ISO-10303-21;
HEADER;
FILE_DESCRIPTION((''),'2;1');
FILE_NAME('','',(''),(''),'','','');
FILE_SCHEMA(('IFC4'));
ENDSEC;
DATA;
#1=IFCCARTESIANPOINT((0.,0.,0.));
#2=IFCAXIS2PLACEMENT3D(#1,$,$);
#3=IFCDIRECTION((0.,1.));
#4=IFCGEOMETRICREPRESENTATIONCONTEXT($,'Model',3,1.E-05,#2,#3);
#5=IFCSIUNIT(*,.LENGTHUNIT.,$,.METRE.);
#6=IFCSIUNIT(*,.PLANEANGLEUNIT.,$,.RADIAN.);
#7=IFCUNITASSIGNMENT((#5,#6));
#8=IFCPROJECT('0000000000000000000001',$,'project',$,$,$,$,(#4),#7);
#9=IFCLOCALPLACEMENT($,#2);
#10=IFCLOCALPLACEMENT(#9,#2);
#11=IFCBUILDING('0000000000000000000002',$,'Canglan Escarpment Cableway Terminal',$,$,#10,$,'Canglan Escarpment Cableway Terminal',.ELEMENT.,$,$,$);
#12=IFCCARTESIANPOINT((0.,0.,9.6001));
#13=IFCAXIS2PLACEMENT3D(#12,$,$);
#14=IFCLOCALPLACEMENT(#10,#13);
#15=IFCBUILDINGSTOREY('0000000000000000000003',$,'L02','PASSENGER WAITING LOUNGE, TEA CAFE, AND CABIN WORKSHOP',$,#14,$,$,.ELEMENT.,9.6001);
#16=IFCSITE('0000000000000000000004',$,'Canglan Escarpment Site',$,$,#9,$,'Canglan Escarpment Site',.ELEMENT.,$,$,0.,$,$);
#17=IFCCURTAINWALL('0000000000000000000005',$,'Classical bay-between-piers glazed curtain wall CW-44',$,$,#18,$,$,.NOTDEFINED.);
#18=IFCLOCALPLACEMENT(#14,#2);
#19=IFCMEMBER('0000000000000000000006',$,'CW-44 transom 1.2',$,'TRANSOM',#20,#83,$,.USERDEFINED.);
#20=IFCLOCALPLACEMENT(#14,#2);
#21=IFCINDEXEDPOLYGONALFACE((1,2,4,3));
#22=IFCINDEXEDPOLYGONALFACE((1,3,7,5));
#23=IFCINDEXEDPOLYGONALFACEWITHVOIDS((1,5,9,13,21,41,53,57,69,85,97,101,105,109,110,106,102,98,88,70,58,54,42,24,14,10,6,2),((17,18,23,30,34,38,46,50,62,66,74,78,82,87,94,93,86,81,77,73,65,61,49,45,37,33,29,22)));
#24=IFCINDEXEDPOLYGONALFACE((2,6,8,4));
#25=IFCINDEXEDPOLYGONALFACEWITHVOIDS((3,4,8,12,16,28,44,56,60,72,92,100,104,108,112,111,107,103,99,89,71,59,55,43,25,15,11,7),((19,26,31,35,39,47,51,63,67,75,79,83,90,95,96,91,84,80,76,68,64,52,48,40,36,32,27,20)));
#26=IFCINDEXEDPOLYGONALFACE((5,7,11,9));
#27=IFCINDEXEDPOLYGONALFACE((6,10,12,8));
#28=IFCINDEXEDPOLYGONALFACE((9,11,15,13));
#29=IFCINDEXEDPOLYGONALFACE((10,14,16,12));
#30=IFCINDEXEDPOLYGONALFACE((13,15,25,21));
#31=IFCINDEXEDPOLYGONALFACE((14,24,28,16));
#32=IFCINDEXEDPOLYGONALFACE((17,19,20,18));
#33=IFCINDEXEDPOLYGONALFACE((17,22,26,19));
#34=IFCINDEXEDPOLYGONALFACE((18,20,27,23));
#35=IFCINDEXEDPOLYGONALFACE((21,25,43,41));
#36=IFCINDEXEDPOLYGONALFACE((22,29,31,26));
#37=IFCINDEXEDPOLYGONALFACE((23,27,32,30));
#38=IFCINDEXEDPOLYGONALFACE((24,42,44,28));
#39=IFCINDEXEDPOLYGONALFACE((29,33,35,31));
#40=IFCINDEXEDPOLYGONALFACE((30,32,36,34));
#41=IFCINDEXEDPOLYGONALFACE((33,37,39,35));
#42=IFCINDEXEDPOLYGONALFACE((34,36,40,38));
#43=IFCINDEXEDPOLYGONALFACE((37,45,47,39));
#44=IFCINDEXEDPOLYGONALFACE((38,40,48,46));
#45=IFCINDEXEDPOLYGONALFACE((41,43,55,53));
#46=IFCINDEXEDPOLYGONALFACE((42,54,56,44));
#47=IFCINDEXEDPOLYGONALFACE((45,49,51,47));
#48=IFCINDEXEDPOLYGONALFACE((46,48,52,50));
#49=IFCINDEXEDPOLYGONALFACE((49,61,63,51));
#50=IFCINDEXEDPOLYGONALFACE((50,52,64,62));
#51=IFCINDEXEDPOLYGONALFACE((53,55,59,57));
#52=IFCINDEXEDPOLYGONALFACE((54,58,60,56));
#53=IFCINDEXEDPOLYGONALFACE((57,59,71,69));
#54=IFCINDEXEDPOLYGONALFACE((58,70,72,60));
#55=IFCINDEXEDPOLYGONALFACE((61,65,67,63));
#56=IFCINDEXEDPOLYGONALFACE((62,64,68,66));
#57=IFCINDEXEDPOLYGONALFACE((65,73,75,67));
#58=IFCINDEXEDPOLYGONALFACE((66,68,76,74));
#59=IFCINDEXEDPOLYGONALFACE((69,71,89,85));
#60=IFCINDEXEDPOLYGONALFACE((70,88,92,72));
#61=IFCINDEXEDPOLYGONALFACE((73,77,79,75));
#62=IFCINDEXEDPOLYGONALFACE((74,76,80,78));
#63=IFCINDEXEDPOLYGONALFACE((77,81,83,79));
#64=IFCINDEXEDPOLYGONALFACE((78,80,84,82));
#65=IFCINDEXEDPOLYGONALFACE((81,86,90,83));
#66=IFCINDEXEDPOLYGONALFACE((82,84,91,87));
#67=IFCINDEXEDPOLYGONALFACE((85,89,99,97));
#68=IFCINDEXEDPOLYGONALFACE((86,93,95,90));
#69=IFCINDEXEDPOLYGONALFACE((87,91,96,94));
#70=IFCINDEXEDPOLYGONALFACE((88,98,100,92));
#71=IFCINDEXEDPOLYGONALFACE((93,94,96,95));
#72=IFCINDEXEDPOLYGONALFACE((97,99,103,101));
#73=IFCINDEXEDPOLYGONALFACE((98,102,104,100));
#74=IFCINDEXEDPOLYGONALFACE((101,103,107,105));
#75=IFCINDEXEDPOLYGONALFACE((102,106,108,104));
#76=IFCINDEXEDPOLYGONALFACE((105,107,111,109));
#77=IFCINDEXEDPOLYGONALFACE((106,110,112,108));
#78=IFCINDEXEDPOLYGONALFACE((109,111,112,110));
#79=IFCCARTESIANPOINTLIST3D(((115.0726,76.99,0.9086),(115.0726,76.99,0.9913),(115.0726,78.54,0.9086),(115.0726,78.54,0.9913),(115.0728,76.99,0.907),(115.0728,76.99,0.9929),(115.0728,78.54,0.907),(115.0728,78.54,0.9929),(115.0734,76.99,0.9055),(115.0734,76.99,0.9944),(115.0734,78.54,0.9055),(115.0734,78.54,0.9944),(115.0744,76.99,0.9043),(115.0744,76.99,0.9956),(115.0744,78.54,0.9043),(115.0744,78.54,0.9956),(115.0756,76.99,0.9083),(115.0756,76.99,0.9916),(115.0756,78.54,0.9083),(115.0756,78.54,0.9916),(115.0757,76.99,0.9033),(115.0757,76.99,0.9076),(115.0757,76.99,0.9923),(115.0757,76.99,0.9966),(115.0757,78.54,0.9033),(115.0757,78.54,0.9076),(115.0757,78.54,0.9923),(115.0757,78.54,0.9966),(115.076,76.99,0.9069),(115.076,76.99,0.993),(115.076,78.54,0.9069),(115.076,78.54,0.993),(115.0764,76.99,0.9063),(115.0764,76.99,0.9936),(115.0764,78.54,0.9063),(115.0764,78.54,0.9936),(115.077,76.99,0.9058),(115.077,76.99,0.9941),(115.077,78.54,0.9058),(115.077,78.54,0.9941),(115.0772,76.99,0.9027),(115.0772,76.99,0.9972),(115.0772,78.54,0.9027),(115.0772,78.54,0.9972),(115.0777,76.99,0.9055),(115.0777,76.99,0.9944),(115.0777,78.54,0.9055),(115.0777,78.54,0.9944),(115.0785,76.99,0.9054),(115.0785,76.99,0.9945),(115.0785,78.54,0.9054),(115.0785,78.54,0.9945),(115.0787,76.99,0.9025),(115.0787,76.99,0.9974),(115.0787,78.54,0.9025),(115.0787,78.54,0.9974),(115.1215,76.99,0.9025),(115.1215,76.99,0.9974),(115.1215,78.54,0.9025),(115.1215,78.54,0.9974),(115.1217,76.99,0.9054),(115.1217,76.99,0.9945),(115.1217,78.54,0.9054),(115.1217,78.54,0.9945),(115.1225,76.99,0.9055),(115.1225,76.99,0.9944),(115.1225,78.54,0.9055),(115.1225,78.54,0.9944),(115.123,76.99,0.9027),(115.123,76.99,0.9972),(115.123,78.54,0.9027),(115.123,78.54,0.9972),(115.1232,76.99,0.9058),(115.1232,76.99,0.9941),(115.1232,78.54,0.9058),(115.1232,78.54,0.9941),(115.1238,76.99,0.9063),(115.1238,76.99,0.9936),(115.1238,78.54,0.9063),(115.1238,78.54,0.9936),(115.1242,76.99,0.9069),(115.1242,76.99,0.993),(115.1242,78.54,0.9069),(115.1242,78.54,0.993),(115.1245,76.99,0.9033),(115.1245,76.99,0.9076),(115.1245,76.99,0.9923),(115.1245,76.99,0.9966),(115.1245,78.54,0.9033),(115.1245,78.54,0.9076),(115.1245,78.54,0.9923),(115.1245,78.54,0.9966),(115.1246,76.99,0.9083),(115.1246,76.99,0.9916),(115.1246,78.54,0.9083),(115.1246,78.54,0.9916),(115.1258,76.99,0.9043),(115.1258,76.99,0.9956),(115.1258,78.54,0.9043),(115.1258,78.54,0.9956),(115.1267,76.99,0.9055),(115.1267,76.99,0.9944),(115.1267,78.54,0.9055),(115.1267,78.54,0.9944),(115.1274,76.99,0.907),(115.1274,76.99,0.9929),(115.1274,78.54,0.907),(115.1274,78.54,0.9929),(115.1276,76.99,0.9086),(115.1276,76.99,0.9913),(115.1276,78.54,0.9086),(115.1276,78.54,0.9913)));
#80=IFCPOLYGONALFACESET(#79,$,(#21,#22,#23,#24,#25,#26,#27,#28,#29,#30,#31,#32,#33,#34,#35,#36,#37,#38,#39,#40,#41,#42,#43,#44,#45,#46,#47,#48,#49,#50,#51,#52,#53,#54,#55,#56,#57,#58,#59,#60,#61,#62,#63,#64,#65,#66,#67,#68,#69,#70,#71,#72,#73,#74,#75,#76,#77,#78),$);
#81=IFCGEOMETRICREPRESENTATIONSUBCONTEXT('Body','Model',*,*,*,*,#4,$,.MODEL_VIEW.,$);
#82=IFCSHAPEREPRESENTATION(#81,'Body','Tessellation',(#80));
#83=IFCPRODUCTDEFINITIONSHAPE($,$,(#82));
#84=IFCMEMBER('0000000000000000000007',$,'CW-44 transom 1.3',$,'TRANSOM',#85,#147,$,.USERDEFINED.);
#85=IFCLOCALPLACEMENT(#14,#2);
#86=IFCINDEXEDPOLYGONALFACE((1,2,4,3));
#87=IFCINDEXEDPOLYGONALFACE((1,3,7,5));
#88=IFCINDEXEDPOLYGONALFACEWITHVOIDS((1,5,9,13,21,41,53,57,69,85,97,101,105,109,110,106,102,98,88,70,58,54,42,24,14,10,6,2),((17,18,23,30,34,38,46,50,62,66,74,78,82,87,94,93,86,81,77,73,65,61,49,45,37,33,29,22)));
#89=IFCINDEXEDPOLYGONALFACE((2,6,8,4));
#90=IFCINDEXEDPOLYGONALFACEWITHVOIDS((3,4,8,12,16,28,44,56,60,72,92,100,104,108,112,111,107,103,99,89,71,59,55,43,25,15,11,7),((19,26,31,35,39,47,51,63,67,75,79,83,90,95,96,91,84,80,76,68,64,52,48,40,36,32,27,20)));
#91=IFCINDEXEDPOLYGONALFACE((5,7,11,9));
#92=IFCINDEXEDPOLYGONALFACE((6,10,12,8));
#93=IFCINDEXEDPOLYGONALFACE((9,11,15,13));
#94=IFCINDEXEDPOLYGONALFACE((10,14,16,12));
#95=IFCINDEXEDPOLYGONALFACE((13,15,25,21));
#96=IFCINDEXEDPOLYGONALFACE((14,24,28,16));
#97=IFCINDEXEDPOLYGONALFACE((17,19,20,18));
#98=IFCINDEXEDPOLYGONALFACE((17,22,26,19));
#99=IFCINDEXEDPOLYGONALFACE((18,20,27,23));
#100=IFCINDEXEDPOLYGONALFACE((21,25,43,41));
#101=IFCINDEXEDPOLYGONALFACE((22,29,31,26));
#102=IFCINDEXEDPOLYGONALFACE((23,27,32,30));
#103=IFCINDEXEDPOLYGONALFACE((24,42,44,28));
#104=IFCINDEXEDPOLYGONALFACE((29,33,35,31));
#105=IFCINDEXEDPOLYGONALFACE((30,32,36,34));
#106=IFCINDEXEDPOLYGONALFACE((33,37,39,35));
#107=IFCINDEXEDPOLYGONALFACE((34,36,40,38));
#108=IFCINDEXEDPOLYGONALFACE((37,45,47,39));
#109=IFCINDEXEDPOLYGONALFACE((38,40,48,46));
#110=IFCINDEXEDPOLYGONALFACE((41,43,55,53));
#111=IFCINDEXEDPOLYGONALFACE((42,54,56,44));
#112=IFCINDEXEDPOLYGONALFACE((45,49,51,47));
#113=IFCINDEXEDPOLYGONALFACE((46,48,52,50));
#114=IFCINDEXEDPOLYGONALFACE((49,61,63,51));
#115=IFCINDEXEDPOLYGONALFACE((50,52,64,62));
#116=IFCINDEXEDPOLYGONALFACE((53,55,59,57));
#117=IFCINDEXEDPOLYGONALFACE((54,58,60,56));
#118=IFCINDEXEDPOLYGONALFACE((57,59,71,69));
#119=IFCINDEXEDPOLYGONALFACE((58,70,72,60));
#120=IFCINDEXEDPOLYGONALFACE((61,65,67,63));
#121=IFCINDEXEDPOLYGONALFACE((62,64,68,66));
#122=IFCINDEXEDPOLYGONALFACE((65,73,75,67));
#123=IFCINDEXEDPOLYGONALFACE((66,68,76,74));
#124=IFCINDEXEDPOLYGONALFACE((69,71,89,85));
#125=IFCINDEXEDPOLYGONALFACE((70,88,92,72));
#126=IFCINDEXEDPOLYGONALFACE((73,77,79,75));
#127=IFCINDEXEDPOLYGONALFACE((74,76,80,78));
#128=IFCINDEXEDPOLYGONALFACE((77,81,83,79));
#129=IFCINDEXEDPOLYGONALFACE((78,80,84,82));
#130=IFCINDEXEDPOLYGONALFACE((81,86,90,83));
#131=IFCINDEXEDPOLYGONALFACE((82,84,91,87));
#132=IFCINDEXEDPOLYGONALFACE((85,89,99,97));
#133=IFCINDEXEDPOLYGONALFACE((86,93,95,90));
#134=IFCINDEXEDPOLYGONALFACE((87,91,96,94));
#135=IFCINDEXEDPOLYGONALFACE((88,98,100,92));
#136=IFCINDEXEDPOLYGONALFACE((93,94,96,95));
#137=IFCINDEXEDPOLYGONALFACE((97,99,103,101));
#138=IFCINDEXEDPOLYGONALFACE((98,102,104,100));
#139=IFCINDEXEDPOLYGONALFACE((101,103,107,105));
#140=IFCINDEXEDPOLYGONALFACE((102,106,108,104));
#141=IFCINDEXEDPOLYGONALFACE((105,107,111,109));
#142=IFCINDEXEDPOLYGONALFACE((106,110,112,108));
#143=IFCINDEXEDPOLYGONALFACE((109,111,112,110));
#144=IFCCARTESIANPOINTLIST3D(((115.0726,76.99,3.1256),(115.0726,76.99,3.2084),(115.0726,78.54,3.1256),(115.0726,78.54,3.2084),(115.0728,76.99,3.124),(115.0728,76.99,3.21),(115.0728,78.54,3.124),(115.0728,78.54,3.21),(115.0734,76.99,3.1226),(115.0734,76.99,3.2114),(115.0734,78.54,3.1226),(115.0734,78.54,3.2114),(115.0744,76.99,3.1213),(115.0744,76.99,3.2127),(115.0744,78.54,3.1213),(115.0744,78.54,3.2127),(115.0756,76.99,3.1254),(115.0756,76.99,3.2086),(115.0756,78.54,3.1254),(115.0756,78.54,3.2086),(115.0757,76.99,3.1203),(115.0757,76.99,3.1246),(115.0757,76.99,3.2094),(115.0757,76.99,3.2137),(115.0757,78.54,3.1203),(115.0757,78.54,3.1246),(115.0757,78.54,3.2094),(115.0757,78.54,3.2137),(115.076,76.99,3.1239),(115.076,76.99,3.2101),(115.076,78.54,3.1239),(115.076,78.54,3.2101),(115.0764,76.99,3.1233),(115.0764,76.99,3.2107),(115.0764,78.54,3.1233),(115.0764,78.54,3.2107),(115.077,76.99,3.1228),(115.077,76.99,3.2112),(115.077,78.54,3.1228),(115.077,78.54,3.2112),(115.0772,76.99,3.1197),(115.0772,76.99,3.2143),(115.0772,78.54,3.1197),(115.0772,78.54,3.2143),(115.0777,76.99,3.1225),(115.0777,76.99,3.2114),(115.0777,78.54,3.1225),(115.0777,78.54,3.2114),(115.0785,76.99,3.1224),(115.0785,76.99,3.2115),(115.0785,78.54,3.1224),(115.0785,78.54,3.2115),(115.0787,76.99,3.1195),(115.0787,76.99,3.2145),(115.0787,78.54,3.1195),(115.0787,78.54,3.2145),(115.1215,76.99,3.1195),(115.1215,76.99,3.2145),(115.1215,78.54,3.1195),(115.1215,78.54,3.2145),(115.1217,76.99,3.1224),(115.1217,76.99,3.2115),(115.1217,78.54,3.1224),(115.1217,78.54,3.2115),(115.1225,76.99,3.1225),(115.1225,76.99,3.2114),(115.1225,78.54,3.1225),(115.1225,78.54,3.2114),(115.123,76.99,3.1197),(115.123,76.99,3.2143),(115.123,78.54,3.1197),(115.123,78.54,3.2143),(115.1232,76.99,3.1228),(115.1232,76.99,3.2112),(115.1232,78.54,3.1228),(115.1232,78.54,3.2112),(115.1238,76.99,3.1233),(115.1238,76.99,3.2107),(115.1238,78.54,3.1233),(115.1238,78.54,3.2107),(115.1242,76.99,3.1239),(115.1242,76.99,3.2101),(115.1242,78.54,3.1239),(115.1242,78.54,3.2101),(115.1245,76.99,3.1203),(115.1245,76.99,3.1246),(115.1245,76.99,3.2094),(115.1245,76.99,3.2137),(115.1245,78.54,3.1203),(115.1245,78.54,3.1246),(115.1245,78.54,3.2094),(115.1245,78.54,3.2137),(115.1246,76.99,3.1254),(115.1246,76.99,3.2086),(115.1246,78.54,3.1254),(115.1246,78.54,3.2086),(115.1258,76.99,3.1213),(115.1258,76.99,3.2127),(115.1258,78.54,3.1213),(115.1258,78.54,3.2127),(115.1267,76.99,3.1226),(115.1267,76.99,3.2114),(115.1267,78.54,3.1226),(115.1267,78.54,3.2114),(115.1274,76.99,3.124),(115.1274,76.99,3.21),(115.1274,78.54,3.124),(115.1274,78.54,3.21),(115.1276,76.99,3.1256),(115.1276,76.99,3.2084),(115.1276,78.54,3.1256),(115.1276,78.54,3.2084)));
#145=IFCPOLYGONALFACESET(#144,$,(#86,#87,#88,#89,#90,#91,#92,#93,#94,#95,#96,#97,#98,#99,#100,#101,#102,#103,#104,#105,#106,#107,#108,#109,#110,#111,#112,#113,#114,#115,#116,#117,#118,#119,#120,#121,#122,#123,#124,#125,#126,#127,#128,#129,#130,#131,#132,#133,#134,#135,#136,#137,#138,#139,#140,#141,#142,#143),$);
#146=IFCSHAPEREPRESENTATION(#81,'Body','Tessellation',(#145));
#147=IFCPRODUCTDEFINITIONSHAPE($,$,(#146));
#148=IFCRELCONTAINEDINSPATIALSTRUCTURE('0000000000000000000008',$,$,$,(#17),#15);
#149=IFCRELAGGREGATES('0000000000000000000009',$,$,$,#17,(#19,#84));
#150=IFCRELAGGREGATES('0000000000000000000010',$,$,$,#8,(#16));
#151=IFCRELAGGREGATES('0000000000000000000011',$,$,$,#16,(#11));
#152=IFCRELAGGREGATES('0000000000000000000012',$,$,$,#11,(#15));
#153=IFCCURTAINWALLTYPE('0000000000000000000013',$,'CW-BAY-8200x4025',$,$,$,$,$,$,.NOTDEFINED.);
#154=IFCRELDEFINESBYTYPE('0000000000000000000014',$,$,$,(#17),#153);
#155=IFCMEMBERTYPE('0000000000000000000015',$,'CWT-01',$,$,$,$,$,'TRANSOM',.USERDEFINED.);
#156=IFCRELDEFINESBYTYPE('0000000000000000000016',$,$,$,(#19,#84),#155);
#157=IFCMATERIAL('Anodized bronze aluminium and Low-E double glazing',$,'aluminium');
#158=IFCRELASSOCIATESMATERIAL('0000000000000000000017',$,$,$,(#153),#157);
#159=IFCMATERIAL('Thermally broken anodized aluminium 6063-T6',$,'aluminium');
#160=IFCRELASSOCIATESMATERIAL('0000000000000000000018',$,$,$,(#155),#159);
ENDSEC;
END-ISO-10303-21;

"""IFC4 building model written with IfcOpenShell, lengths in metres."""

from ifc_helpers import new_model, si_unit, direction, frame, origin, origin_2d, place, context, subcontext, project, spatial, hollow_rectangle, extrude, material, material_profile, profile_set, type_object, element, aggregate, save


model = new_model("IFC4")

# Units and contexts
model_context = context("Model", 3, precision=1e-05, world=origin(), true_north=direction((0.0, 1.0)))
body_context = subcontext(model_context, "Body", "Model", "MODEL_VIEW")
ifc_project = project(units=[si_unit("LENGTHUNIT", "METRE"), si_unit("PLANEANGLEUNIT", "RADIAN")], contexts=[model_context])

# Site, building, storey
site_placement = place(None, origin())
site = spatial("IfcSite", under=ifc_project, at=site_placement, Name="Canglan Escarpment Site", LongName="Canglan Escarpment Site", CompositionType="ELEMENT", RefElevation=0.0)
building_placement = place(site_placement, origin())
building = spatial("IfcBuilding", under=site, at=building_placement, Name="Canglan Escarpment Cableway Terminal", LongName="Canglan Escarpment Cableway Terminal", CompositionType="ELEMENT")
storey_placement = place(building_placement, frame((0.0, 0.0, 9.6001)))
storey = spatial("IfcBuildingStorey", under=building, at=storey_placement, Name="L02", Description="PASSENGER WAITING LOUNGE, TEA CAFE, AND CABIN WORKSHOP", CompositionType="ELEMENT", Elevation=9.6001)

# Curtain wall, members
ifc_material_1 = material(Name="Anodized bronze aluminium and Low-E double glazing", Category="aluminium")
curtain_wall_type = type_object("IfcCurtainWallType", Name="CW-BAY-8200x4025", PredefinedType="NOTDEFINED", material=ifc_material_1)
curtain_wall_placement = place(storey_placement, origin())
curtain_wall = element("IfcCurtainWall", 1, at=curtain_wall_placement, inside=storey, type_object=curtain_wall_type, Name="Classical bay-between-piers glazed curtain wall CW-44", PredefinedType="NOTDEFINED")
ifc_material_2 = material(Name="Thermally broken anodized aluminium 6063-T6", Category="aluminium")
ifc_material_profile_1 = material_profile(ifc_material_2, hollow_rectangle(XDim=0.0549, YDim=0.095, WallThickness=0.0029, InnerFilletRadius=0.0029, OuterFilletRadius=0.0061, at=origin_2d()), Name="ALU-TRAN 55x95x3")
ifc_profile_set_1 = profile_set([ifc_material_profile_1], Name="Thermally broken anodized aluminium 6063-T6")
member_type_1 = type_object("IfcMemberType", Name="CWT-01", ElementType="TRANSOM", PredefinedType="USERDEFINED", material=ifc_profile_set_1)
member_1_placement = place(storey_placement, frame((115.1001, 78.54, 0.95), z_axis=(0.0, -1.0, 0.0), x_axis=(1.0, 0.0, 0.0)))
member_1 = element("IfcMember", 2, at=member_1_placement, type_object=member_type_1, Name="CW-44 transom 1.2", ObjectType="TRANSOM", PredefinedType="USERDEFINED", context=body_context, shape_type="SweptSolid", body=[
    extrude(hollow_rectangle(XDim=0.0549, YDim=0.095, WallThickness=0.0029, InnerFilletRadius=0.0029, OuterFilletRadius=0.0061, at=origin_2d()), origin(), (0.0, 0.0, 1.0), 1.55),
])
member_2_placement = place(storey_placement, frame((115.1001, 78.54, 3.167), z_axis=(0.0, -1.0, 0.0), x_axis=(1.0, 0.0, 0.0)))
member_2 = element("IfcMember", 3, at=member_2_placement, type_object=member_type_1, Name="CW-44 transom 1.3", ObjectType="TRANSOM", PredefinedType="USERDEFINED", context=body_context, shape_type="SweptSolid", body=[
    extrude(hollow_rectangle(XDim=0.0549, YDim=0.095, WallThickness=0.0029, InnerFilletRadius=0.0029, OuterFilletRadius=0.0061, at=origin_2d()), origin(), (0.0, 0.0, 1.0), 1.55),
])
aggregate(curtain_wall, [member_1, member_2])

save(model, "model.ifc")
